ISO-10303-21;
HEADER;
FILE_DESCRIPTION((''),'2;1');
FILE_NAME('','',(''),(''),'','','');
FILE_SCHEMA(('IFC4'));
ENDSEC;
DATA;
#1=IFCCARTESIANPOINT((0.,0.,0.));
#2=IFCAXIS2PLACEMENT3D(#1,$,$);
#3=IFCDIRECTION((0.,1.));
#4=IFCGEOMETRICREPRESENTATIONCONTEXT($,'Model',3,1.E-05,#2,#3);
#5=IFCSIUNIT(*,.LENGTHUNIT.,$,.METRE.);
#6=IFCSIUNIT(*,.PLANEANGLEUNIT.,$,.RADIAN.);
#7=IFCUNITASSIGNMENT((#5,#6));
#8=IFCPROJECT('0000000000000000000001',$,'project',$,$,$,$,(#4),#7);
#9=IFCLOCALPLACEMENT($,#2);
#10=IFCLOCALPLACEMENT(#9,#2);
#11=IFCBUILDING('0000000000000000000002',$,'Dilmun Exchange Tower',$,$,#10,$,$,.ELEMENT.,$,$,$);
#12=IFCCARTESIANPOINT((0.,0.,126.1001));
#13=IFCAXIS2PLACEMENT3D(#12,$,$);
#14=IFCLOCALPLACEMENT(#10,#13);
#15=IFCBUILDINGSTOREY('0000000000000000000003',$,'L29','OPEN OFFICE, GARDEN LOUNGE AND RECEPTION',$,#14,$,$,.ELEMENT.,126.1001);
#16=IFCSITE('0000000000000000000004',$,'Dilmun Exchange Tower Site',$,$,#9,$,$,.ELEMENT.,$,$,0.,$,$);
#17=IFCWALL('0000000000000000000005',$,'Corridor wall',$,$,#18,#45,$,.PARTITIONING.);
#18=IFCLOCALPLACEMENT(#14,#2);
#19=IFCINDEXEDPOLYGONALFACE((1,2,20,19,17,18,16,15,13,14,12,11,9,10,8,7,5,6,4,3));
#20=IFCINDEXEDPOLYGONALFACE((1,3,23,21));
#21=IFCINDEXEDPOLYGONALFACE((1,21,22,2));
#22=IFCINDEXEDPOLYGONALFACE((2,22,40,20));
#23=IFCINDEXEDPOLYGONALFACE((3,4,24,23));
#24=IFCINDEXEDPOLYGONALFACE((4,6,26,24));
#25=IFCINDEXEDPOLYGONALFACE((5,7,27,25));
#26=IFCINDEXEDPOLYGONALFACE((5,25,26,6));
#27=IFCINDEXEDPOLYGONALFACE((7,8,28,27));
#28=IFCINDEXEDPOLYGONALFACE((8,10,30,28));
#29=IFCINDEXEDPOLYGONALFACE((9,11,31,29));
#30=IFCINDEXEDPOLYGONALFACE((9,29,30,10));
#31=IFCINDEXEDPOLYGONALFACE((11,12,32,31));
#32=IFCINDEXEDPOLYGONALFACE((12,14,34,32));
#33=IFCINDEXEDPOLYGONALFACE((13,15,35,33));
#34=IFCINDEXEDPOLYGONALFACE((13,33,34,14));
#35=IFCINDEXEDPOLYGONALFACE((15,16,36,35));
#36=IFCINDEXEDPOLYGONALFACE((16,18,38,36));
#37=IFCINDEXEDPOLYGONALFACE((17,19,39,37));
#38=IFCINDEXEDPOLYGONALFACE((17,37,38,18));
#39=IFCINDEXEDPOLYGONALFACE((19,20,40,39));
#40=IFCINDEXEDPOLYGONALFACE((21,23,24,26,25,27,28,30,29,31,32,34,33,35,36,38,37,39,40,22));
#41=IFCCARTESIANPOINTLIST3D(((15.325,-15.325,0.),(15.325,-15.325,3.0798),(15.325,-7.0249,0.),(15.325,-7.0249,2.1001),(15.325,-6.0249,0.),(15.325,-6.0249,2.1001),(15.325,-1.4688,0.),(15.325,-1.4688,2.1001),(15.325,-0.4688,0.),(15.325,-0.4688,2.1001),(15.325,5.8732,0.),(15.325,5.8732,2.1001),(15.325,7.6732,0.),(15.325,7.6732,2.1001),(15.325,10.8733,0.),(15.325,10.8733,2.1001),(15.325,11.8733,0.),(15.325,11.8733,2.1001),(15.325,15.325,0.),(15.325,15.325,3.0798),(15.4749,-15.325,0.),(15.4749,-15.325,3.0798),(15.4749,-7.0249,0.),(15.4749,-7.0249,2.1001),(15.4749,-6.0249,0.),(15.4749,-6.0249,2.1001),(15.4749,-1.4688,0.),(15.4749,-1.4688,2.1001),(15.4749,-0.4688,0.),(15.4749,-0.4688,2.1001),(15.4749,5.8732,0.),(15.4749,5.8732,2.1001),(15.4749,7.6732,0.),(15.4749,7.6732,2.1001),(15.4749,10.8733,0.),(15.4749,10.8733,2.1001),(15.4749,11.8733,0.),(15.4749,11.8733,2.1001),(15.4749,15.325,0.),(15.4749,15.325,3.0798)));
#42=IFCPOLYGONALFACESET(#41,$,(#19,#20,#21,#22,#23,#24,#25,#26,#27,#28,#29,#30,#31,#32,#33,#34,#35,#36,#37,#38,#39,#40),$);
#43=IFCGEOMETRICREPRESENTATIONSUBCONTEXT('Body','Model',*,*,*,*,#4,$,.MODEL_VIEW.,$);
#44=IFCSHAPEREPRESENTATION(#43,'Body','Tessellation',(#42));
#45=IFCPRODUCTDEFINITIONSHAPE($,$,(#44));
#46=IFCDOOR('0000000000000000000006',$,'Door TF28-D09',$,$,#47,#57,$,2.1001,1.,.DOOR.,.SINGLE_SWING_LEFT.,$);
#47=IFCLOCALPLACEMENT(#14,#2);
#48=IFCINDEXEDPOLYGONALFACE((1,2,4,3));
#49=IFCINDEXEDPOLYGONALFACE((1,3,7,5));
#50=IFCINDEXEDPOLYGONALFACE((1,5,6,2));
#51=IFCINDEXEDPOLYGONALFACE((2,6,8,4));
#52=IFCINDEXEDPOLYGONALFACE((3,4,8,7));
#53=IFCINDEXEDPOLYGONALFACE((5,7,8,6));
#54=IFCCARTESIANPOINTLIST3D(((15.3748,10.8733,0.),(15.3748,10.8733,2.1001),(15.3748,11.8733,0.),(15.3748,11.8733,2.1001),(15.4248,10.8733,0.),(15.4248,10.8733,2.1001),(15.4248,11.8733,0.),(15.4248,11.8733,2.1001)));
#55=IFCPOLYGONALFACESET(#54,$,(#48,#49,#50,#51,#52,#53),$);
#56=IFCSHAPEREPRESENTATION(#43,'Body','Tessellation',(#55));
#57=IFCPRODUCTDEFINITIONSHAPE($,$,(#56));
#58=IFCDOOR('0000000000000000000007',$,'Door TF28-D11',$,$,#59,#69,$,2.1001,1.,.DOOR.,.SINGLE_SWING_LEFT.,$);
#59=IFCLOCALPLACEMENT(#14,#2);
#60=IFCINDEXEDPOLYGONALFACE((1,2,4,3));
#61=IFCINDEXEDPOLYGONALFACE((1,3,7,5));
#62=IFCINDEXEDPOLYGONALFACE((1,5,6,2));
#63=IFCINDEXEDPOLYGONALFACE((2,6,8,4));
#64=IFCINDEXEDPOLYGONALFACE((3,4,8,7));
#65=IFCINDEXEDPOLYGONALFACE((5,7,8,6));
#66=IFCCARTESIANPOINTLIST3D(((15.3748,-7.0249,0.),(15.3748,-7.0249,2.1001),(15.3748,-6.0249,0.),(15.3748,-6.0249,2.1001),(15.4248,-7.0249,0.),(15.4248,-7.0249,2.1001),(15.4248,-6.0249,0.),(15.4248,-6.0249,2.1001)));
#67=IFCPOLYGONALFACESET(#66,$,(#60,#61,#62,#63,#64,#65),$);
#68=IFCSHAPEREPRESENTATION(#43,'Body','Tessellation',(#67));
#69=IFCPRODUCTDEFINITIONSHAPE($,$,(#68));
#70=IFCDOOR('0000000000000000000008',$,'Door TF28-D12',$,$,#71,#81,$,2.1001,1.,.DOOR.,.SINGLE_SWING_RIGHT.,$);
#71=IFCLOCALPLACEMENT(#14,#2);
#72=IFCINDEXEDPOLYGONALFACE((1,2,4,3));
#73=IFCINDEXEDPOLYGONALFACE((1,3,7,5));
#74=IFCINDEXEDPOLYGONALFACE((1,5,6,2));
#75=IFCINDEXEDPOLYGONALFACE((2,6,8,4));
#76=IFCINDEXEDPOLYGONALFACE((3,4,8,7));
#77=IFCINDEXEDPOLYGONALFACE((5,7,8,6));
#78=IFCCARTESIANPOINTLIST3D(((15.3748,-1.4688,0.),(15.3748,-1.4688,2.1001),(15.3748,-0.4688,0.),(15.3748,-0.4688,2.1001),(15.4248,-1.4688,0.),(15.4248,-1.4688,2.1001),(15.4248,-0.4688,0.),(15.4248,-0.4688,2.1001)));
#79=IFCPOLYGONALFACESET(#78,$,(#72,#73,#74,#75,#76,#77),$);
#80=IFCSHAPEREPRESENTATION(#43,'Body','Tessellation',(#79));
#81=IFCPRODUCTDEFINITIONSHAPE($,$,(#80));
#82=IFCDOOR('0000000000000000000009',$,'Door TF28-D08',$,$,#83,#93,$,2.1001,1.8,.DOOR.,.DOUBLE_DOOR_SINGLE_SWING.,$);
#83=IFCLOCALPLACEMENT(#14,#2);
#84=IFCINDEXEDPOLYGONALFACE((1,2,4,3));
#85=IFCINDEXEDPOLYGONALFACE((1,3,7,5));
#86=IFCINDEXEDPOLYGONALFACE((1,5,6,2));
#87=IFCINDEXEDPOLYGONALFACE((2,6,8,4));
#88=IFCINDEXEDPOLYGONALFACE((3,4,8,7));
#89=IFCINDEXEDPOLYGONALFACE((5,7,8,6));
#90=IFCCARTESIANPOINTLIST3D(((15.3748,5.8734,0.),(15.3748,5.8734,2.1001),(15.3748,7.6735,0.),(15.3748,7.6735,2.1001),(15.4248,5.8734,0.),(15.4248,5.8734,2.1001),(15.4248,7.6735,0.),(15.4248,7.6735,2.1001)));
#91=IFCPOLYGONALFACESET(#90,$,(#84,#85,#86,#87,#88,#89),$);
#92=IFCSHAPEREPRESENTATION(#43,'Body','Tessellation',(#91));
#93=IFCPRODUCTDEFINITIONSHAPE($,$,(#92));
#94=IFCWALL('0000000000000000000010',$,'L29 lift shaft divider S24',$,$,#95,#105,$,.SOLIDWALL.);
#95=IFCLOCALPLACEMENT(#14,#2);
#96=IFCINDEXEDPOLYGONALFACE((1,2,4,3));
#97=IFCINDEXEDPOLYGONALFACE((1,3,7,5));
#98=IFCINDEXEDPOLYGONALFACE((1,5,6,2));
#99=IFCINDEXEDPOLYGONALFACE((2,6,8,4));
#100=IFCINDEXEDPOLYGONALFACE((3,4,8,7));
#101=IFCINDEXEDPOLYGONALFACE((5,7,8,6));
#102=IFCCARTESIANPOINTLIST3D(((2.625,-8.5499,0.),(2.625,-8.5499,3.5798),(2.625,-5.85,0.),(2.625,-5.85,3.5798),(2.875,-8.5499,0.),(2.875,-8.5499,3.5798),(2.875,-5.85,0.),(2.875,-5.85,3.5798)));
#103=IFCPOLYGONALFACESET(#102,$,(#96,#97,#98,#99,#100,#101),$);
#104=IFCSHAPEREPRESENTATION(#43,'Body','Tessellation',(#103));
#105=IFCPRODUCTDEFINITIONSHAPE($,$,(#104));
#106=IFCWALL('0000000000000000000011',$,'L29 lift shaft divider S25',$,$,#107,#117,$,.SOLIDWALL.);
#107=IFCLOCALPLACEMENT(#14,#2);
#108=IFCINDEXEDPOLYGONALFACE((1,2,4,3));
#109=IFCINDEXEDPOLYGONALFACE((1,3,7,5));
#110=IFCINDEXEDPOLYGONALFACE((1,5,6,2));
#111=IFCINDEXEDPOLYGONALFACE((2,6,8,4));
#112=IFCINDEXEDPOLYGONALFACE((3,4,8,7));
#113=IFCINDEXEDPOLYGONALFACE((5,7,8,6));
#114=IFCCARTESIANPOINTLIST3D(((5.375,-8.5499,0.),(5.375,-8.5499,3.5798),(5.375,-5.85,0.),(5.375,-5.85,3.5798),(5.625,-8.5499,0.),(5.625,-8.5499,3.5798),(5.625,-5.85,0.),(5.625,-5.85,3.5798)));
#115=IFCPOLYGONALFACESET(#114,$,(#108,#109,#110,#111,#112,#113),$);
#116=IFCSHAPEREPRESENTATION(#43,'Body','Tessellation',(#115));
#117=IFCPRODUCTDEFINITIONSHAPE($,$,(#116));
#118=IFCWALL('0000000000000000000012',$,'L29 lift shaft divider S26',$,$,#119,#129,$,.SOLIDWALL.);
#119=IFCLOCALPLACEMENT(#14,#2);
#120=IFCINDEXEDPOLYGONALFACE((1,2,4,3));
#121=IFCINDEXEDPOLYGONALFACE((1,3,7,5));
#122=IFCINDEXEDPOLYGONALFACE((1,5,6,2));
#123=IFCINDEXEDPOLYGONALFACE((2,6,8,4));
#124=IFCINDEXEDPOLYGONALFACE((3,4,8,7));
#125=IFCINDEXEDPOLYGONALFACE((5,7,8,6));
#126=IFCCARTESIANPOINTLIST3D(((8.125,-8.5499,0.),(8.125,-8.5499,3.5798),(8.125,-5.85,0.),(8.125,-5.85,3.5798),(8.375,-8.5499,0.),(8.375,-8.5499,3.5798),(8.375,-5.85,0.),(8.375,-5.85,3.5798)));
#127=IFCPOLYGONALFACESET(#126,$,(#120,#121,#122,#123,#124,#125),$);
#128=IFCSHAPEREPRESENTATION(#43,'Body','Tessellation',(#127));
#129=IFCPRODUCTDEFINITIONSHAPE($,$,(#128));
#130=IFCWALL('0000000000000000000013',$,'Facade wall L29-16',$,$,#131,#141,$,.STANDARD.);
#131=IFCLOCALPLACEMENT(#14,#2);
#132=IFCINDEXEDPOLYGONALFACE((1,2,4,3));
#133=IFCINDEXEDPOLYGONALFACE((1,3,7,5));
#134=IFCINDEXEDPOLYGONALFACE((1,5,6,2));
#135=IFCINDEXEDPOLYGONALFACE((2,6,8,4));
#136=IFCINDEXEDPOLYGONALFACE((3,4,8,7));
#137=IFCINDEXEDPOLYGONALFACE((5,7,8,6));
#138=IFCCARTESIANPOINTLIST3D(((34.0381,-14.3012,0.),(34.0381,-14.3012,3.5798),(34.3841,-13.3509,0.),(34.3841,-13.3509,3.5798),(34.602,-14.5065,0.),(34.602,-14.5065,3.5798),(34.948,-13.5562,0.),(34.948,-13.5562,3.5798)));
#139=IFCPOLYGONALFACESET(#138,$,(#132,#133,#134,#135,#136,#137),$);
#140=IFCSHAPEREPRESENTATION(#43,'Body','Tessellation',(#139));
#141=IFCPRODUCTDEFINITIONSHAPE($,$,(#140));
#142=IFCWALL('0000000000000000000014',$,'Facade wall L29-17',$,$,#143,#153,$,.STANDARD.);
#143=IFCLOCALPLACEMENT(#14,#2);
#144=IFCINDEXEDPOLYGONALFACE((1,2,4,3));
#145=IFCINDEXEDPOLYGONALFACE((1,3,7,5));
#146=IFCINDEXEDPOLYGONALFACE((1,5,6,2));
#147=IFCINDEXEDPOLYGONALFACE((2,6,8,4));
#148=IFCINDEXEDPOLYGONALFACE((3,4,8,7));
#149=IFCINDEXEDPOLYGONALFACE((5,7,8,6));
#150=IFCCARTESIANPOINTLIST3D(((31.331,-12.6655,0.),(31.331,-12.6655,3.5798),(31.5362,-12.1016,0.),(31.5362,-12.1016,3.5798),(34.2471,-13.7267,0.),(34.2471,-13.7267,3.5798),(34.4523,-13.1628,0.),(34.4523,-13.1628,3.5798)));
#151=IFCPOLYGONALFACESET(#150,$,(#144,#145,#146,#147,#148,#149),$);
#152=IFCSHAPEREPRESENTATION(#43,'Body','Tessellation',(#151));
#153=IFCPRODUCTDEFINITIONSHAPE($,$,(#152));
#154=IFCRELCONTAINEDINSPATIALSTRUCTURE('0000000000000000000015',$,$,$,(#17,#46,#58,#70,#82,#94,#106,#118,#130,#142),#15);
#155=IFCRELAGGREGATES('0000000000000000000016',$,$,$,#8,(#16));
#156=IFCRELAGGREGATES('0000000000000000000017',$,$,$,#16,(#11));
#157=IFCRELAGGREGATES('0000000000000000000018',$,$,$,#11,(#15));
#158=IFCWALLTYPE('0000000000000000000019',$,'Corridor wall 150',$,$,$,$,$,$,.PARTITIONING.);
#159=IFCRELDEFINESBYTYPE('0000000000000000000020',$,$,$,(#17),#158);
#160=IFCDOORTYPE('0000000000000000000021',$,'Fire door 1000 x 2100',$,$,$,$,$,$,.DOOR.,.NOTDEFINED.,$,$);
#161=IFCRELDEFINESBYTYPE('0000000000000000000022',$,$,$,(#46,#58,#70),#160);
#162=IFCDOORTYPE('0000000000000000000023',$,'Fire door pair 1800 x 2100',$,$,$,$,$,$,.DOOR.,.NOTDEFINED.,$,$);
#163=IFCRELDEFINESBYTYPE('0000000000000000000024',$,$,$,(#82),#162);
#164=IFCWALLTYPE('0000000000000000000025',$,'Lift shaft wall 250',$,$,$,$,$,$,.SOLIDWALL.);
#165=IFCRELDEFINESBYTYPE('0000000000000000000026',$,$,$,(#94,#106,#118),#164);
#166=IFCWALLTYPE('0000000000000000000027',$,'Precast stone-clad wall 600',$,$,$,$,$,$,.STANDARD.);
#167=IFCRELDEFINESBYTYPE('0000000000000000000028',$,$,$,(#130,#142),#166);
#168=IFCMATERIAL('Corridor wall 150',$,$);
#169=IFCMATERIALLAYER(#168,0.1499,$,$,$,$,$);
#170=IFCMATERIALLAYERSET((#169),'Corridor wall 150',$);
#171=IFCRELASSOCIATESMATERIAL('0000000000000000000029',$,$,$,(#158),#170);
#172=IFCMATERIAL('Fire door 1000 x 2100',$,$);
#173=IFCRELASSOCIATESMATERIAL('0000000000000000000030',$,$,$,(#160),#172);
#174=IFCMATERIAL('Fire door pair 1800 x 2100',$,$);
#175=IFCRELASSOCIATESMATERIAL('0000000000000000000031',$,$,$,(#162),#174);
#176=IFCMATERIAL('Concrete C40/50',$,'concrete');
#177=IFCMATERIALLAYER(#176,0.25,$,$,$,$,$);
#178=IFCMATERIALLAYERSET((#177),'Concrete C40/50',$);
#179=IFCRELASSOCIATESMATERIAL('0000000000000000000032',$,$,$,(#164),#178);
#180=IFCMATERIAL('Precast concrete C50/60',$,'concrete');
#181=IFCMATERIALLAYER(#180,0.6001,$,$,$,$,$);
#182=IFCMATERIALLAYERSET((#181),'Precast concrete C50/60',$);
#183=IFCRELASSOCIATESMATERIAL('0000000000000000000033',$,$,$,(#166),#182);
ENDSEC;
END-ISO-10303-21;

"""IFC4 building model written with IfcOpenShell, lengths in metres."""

from ifc_helpers import new_model, si_unit, direction, frame, frame_2d, origin, place, context, subcontext, project, spatial, rectangle, extrude, material, layer, layer_set, type_object, element, fill, save


model = new_model("IFC4")

# Units and contexts
model_context = context("Model", 3, precision=1e-05, world=origin(), true_north=direction((0.0, 1.0)))
body_context = subcontext(model_context, "Body", "Model", "MODEL_VIEW")
ifc_project = project(units=[si_unit("LENGTHUNIT", "METRE"), si_unit("PLANEANGLEUNIT", "RADIAN")], contexts=[model_context])

# Site, building, storey
site_placement = place(None, origin())
site = spatial("IfcSite", under=ifc_project, at=site_placement, Name="Dilmun Exchange Tower Site", CompositionType="ELEMENT", RefElevation=0.0)
building_placement = place(site_placement, origin())
building = spatial("IfcBuilding", under=site, at=building_placement, Name="Dilmun Exchange Tower", CompositionType="ELEMENT")
storey_placement = place(building_placement, frame((0.0, 0.0, 126.1001)))
storey = spatial("IfcBuildingStorey", under=building, at=storey_placement, Name="L29", Description="OPEN OFFICE, GARDEN LOUNGE AND RECEPTION", CompositionType="ELEMENT", Elevation=126.1001)

# Shared definitions
ifc_material_1 = material(Name="Concrete C40/50", Category="concrete")

# Wall, openings, doors
ifc_material_2 = material(Name="Corridor wall 150")
ifc_layer_1 = layer(ifc_material_2, 0.1499)
ifc_layer_set_1 = layer_set([ifc_layer_1], Name="Corridor wall 150")
wall_type_1 = type_object("IfcWallType", Name="Corridor wall 150", PredefinedType="PARTITIONING", material=ifc_layer_set_1)
wall_1_placement = place(storey_placement, frame((15.3999, -15.325, 0.0), z_axis=(0.0, 0.0, 1.0), x_axis=(0.0, 1.0, 0.0)))
wall_1 = element("IfcWall", 1, at=wall_1_placement, inside=storey, type_object=wall_type_1, Name="Corridor wall", PredefinedType="PARTITIONING", context=body_context, shape_type="SweptSolid", body=[
    extrude(rectangle(XDim=30.6499, YDim=0.1499, at=frame_2d((15.325, 0.0))), origin(), (0.0, 0.0, 1.0), 3.0798),
])
opening_1_placement = place(wall_1_placement, frame((21.1982, 0.0, 0.0)))
opening_1 = element("IfcOpeningElement", 2, at=opening_1_placement, cuts=wall_1, PredefinedType="OPENING", context=body_context, shape_type="SweptSolid", body=[
    extrude(rectangle(XDim=1.8, YDim=2.1001, at=frame_2d((0.8999, 1.05))), frame((0.0, 0.085, 0.0), z_axis=(0.0, -1.0, 0.0), x_axis=(1.0, 0.0, 0.0)), (0.0, 0.0, 1.0), 0.1699),
])
opening_2_placement = place(wall_1_placement, frame((26.1982, 0.0, 0.0)))
opening_2 = element("IfcOpeningElement", 3, at=opening_2_placement, cuts=wall_1, PredefinedType="OPENING", context=body_context, shape_type="SweptSolid", body=[
    extrude(rectangle(XDim=1.0, YDim=2.1001, at=frame_2d((0.5, 1.05))), frame((0.0, 0.085, 0.0), z_axis=(0.0, -1.0, 0.0), x_axis=(1.0, 0.0, 0.0)), (0.0, 0.0, 1.0), 0.1699),
])
opening_3_placement = place(wall_1_placement, frame((8.3, 0.0, 0.0)))
opening_3 = element("IfcOpeningElement", 4, at=opening_3_placement, cuts=wall_1, PredefinedType="OPENING", context=body_context, shape_type="SweptSolid", body=[
    extrude(rectangle(XDim=1.0, YDim=2.1001, at=frame_2d((0.5, 1.05))), frame((0.0, 0.085, 0.0), z_axis=(0.0, -1.0, 0.0), x_axis=(1.0, 0.0, 0.0)), (0.0, 0.0, 1.0), 0.1699),
])
opening_4_placement = place(wall_1_placement, frame((13.8562, 0.0, 0.0)))
opening_4 = element("IfcOpeningElement", 5, at=opening_4_placement, cuts=wall_1, PredefinedType="OPENING", context=body_context, shape_type="SweptSolid", body=[
    extrude(rectangle(XDim=1.0, YDim=2.1001, at=frame_2d((0.5, 1.05))), frame((0.0, 0.085, 0.0), z_axis=(0.0, -1.0, 0.0), x_axis=(1.0, 0.0, 0.0)), (0.0, 0.0, 1.0), 0.1699),
])
ifc_material_3 = material(Name="Fire door 1000 x 2100")
door_type_1 = type_object("IfcDoorType", Name="Fire door 1000 x 2100", OperationType="NOTDEFINED", PredefinedType="DOOR", material=ifc_material_3)
door_1_placement = place(opening_2_placement, frame((1.0, 0.0, 0.0), z_axis=(0.0, 0.0, 1.0), x_axis=(-1.0, 0.0, 0.0)))
door_1 = element("IfcDoor", 6, at=door_1_placement, inside=storey, type_object=door_type_1, Name="Door TF28-D09", OperationType="SINGLE_SWING_LEFT", OverallHeight=2.1001, OverallWidth=1.0, PredefinedType="DOOR", context=body_context, shape_type="SweptSolid", body=[
    extrude(rectangle(XDim=1.0, YDim=2.1001, at=frame_2d((0.5, 1.05))), frame((0.0, 0.0249, 0.0), z_axis=(0.0, -1.0, 0.0), x_axis=(1.0, 0.0, 0.0)), (0.0, 0.0, 1.0), 0.05),
])
fill(opening_2, door_1)
door_2_placement = place(opening_3_placement, frame((1.0, 0.0, 0.0), z_axis=(0.0, 0.0, 1.0), x_axis=(-1.0, 0.0, 0.0)))
door_2 = element("IfcDoor", 7, at=door_2_placement, inside=storey, type_object=door_type_1, Name="Door TF28-D11", OperationType="SINGLE_SWING_LEFT", OverallHeight=2.1001, OverallWidth=1.0, PredefinedType="DOOR", context=body_context, shape_type="SweptSolid", body=[
    extrude(rectangle(XDim=1.0, YDim=2.1001, at=frame_2d((0.5, 1.05))), frame((0.0, 0.0249, 0.0), z_axis=(0.0, -1.0, 0.0), x_axis=(1.0, 0.0, 0.0)), (0.0, 0.0, 1.0), 0.05),
])
fill(opening_3, door_2)
door_3_placement = place(opening_4_placement, frame((1.0, 0.0, 0.0), z_axis=(0.0, 0.0, 1.0), x_axis=(-1.0, 0.0, 0.0)))
door_3 = element("IfcDoor", 8, at=door_3_placement, inside=storey, type_object=door_type_1, Name="Door TF28-D12", OperationType="SINGLE_SWING_RIGHT", OverallHeight=2.1001, OverallWidth=1.0, PredefinedType="DOOR", context=body_context, shape_type="SweptSolid", body=[
    extrude(rectangle(XDim=1.0, YDim=2.1001, at=frame_2d((0.5, 1.05))), frame((0.0, 0.0249, 0.0), z_axis=(0.0, -1.0, 0.0), x_axis=(1.0, 0.0, 0.0)), (0.0, 0.0, 1.0), 0.05),
])
fill(opening_4, door_3)
ifc_material_4 = material(Name="Fire door pair 1800 x 2100")
door_type_2 = type_object("IfcDoorType", Name="Fire door pair 1800 x 2100", OperationType="NOTDEFINED", PredefinedType="DOOR", material=ifc_material_4)
door_4_placement = place(opening_1_placement, frame((1.8, 0.0, 0.0), z_axis=(0.0, 0.0, 1.0), x_axis=(-1.0, 0.0, 0.0)))
door_4 = element("IfcDoor", 9, at=door_4_placement, inside=storey, type_object=door_type_2, Name="Door TF28-D08", OperationType="DOUBLE_DOOR_SINGLE_SWING", OverallHeight=2.1001, OverallWidth=1.8, PredefinedType="DOOR", context=body_context, shape_type="SweptSolid", body=[
    extrude(rectangle(XDim=1.8, YDim=2.1001, at=frame_2d((0.8999, 1.05))), frame((0.0, 0.0249, 0.0), z_axis=(0.0, -1.0, 0.0), x_axis=(1.0, 0.0, 0.0)), (0.0, 0.0, 1.0), 0.05),
])
fill(opening_1, door_4)

# Walls
ifc_layer_2 = layer(ifc_material_1, 0.25)
ifc_layer_set_2 = layer_set([ifc_layer_2], Name="Concrete C40/50")
wall_type_2 = type_object("IfcWallType", Name="Lift shaft wall 250", PredefinedType="SOLIDWALL", material=ifc_layer_set_2)
for number, where, z_axis, x_axis, name in (
    (10, (2.75, -8.55, 0.0), (0.0, 0.0, 1.0), (0.0, 1.0, 0.0), "L29 lift shaft divider S24"),
    (11, (5.5, -8.55, 0.0), (0.0, 0.0, 1.0), (0.0, 1.0, 0.0), "L29 lift shaft divider S25"),
    (12, (8.25, -8.55, 0.0), (0.0, 0.0, 1.0), (0.0, 1.0, 0.0), "L29 lift shaft divider S26"),
):
    element("IfcWall", number, at=place(storey_placement, frame(where, z_axis=z_axis, x_axis=x_axis)), inside=storey, type_object=wall_type_2, Name=name, PredefinedType="SOLIDWALL", context=body_context, shape_type="SweptSolid", body=[
        extrude(rectangle(XDim=2.7, YDim=0.25, at=frame_2d((1.3501, 0.0))), origin(), (0.0, 0.0, 1.0), 3.5798),
    ])
ifc_material_5 = material(Name="Precast concrete C50/60", Category="concrete")
ifc_layer_3 = layer(ifc_material_5, 0.6001)
ifc_layer_set_3 = layer_set([ifc_layer_3], Name="Precast concrete C50/60")
wall_type_3 = type_object("IfcWallType", Name="Precast stone-clad wall 600", PredefinedType="STANDARD", material=ifc_layer_set_3)
wall_2_placement = place(storey_placement, frame((34.3201, -14.4038, 0.0), z_axis=(0.0, 0.0, 1.0), x_axis=(0.342111, 0.939659, 0.0)))
element("IfcWall", 13, at=wall_2_placement, inside=storey, type_object=wall_type_3, Name="Facade wall L29-16", PredefinedType="STANDARD", context=body_context, shape_type="SweptSolid", body=[
    extrude(rectangle(XDim=1.0112, YDim=0.6001, at=frame_2d((0.5056, 0.0))), origin(), (0.0, 0.0, 1.0), 3.5798),
])
wall_3_placement = place(storey_placement, frame((34.3499, -13.4448, 0.0), z_axis=(0.0, 0.0, 1.0), x_axis=(-0.939708, 0.341977, 0.0)))
element("IfcWall", 14, at=wall_3_placement, inside=storey, type_object=wall_type_3, Name="Facade wall L29-17", PredefinedType="STANDARD", context=body_context, shape_type="SweptSolid", body=[
    extrude(rectangle(XDim=3.1033, YDim=0.6001, at=frame_2d((1.5518, 0.0))), origin(), (0.0, 0.0, 1.0), 3.5798),
])

save(model, "model.ifc")
